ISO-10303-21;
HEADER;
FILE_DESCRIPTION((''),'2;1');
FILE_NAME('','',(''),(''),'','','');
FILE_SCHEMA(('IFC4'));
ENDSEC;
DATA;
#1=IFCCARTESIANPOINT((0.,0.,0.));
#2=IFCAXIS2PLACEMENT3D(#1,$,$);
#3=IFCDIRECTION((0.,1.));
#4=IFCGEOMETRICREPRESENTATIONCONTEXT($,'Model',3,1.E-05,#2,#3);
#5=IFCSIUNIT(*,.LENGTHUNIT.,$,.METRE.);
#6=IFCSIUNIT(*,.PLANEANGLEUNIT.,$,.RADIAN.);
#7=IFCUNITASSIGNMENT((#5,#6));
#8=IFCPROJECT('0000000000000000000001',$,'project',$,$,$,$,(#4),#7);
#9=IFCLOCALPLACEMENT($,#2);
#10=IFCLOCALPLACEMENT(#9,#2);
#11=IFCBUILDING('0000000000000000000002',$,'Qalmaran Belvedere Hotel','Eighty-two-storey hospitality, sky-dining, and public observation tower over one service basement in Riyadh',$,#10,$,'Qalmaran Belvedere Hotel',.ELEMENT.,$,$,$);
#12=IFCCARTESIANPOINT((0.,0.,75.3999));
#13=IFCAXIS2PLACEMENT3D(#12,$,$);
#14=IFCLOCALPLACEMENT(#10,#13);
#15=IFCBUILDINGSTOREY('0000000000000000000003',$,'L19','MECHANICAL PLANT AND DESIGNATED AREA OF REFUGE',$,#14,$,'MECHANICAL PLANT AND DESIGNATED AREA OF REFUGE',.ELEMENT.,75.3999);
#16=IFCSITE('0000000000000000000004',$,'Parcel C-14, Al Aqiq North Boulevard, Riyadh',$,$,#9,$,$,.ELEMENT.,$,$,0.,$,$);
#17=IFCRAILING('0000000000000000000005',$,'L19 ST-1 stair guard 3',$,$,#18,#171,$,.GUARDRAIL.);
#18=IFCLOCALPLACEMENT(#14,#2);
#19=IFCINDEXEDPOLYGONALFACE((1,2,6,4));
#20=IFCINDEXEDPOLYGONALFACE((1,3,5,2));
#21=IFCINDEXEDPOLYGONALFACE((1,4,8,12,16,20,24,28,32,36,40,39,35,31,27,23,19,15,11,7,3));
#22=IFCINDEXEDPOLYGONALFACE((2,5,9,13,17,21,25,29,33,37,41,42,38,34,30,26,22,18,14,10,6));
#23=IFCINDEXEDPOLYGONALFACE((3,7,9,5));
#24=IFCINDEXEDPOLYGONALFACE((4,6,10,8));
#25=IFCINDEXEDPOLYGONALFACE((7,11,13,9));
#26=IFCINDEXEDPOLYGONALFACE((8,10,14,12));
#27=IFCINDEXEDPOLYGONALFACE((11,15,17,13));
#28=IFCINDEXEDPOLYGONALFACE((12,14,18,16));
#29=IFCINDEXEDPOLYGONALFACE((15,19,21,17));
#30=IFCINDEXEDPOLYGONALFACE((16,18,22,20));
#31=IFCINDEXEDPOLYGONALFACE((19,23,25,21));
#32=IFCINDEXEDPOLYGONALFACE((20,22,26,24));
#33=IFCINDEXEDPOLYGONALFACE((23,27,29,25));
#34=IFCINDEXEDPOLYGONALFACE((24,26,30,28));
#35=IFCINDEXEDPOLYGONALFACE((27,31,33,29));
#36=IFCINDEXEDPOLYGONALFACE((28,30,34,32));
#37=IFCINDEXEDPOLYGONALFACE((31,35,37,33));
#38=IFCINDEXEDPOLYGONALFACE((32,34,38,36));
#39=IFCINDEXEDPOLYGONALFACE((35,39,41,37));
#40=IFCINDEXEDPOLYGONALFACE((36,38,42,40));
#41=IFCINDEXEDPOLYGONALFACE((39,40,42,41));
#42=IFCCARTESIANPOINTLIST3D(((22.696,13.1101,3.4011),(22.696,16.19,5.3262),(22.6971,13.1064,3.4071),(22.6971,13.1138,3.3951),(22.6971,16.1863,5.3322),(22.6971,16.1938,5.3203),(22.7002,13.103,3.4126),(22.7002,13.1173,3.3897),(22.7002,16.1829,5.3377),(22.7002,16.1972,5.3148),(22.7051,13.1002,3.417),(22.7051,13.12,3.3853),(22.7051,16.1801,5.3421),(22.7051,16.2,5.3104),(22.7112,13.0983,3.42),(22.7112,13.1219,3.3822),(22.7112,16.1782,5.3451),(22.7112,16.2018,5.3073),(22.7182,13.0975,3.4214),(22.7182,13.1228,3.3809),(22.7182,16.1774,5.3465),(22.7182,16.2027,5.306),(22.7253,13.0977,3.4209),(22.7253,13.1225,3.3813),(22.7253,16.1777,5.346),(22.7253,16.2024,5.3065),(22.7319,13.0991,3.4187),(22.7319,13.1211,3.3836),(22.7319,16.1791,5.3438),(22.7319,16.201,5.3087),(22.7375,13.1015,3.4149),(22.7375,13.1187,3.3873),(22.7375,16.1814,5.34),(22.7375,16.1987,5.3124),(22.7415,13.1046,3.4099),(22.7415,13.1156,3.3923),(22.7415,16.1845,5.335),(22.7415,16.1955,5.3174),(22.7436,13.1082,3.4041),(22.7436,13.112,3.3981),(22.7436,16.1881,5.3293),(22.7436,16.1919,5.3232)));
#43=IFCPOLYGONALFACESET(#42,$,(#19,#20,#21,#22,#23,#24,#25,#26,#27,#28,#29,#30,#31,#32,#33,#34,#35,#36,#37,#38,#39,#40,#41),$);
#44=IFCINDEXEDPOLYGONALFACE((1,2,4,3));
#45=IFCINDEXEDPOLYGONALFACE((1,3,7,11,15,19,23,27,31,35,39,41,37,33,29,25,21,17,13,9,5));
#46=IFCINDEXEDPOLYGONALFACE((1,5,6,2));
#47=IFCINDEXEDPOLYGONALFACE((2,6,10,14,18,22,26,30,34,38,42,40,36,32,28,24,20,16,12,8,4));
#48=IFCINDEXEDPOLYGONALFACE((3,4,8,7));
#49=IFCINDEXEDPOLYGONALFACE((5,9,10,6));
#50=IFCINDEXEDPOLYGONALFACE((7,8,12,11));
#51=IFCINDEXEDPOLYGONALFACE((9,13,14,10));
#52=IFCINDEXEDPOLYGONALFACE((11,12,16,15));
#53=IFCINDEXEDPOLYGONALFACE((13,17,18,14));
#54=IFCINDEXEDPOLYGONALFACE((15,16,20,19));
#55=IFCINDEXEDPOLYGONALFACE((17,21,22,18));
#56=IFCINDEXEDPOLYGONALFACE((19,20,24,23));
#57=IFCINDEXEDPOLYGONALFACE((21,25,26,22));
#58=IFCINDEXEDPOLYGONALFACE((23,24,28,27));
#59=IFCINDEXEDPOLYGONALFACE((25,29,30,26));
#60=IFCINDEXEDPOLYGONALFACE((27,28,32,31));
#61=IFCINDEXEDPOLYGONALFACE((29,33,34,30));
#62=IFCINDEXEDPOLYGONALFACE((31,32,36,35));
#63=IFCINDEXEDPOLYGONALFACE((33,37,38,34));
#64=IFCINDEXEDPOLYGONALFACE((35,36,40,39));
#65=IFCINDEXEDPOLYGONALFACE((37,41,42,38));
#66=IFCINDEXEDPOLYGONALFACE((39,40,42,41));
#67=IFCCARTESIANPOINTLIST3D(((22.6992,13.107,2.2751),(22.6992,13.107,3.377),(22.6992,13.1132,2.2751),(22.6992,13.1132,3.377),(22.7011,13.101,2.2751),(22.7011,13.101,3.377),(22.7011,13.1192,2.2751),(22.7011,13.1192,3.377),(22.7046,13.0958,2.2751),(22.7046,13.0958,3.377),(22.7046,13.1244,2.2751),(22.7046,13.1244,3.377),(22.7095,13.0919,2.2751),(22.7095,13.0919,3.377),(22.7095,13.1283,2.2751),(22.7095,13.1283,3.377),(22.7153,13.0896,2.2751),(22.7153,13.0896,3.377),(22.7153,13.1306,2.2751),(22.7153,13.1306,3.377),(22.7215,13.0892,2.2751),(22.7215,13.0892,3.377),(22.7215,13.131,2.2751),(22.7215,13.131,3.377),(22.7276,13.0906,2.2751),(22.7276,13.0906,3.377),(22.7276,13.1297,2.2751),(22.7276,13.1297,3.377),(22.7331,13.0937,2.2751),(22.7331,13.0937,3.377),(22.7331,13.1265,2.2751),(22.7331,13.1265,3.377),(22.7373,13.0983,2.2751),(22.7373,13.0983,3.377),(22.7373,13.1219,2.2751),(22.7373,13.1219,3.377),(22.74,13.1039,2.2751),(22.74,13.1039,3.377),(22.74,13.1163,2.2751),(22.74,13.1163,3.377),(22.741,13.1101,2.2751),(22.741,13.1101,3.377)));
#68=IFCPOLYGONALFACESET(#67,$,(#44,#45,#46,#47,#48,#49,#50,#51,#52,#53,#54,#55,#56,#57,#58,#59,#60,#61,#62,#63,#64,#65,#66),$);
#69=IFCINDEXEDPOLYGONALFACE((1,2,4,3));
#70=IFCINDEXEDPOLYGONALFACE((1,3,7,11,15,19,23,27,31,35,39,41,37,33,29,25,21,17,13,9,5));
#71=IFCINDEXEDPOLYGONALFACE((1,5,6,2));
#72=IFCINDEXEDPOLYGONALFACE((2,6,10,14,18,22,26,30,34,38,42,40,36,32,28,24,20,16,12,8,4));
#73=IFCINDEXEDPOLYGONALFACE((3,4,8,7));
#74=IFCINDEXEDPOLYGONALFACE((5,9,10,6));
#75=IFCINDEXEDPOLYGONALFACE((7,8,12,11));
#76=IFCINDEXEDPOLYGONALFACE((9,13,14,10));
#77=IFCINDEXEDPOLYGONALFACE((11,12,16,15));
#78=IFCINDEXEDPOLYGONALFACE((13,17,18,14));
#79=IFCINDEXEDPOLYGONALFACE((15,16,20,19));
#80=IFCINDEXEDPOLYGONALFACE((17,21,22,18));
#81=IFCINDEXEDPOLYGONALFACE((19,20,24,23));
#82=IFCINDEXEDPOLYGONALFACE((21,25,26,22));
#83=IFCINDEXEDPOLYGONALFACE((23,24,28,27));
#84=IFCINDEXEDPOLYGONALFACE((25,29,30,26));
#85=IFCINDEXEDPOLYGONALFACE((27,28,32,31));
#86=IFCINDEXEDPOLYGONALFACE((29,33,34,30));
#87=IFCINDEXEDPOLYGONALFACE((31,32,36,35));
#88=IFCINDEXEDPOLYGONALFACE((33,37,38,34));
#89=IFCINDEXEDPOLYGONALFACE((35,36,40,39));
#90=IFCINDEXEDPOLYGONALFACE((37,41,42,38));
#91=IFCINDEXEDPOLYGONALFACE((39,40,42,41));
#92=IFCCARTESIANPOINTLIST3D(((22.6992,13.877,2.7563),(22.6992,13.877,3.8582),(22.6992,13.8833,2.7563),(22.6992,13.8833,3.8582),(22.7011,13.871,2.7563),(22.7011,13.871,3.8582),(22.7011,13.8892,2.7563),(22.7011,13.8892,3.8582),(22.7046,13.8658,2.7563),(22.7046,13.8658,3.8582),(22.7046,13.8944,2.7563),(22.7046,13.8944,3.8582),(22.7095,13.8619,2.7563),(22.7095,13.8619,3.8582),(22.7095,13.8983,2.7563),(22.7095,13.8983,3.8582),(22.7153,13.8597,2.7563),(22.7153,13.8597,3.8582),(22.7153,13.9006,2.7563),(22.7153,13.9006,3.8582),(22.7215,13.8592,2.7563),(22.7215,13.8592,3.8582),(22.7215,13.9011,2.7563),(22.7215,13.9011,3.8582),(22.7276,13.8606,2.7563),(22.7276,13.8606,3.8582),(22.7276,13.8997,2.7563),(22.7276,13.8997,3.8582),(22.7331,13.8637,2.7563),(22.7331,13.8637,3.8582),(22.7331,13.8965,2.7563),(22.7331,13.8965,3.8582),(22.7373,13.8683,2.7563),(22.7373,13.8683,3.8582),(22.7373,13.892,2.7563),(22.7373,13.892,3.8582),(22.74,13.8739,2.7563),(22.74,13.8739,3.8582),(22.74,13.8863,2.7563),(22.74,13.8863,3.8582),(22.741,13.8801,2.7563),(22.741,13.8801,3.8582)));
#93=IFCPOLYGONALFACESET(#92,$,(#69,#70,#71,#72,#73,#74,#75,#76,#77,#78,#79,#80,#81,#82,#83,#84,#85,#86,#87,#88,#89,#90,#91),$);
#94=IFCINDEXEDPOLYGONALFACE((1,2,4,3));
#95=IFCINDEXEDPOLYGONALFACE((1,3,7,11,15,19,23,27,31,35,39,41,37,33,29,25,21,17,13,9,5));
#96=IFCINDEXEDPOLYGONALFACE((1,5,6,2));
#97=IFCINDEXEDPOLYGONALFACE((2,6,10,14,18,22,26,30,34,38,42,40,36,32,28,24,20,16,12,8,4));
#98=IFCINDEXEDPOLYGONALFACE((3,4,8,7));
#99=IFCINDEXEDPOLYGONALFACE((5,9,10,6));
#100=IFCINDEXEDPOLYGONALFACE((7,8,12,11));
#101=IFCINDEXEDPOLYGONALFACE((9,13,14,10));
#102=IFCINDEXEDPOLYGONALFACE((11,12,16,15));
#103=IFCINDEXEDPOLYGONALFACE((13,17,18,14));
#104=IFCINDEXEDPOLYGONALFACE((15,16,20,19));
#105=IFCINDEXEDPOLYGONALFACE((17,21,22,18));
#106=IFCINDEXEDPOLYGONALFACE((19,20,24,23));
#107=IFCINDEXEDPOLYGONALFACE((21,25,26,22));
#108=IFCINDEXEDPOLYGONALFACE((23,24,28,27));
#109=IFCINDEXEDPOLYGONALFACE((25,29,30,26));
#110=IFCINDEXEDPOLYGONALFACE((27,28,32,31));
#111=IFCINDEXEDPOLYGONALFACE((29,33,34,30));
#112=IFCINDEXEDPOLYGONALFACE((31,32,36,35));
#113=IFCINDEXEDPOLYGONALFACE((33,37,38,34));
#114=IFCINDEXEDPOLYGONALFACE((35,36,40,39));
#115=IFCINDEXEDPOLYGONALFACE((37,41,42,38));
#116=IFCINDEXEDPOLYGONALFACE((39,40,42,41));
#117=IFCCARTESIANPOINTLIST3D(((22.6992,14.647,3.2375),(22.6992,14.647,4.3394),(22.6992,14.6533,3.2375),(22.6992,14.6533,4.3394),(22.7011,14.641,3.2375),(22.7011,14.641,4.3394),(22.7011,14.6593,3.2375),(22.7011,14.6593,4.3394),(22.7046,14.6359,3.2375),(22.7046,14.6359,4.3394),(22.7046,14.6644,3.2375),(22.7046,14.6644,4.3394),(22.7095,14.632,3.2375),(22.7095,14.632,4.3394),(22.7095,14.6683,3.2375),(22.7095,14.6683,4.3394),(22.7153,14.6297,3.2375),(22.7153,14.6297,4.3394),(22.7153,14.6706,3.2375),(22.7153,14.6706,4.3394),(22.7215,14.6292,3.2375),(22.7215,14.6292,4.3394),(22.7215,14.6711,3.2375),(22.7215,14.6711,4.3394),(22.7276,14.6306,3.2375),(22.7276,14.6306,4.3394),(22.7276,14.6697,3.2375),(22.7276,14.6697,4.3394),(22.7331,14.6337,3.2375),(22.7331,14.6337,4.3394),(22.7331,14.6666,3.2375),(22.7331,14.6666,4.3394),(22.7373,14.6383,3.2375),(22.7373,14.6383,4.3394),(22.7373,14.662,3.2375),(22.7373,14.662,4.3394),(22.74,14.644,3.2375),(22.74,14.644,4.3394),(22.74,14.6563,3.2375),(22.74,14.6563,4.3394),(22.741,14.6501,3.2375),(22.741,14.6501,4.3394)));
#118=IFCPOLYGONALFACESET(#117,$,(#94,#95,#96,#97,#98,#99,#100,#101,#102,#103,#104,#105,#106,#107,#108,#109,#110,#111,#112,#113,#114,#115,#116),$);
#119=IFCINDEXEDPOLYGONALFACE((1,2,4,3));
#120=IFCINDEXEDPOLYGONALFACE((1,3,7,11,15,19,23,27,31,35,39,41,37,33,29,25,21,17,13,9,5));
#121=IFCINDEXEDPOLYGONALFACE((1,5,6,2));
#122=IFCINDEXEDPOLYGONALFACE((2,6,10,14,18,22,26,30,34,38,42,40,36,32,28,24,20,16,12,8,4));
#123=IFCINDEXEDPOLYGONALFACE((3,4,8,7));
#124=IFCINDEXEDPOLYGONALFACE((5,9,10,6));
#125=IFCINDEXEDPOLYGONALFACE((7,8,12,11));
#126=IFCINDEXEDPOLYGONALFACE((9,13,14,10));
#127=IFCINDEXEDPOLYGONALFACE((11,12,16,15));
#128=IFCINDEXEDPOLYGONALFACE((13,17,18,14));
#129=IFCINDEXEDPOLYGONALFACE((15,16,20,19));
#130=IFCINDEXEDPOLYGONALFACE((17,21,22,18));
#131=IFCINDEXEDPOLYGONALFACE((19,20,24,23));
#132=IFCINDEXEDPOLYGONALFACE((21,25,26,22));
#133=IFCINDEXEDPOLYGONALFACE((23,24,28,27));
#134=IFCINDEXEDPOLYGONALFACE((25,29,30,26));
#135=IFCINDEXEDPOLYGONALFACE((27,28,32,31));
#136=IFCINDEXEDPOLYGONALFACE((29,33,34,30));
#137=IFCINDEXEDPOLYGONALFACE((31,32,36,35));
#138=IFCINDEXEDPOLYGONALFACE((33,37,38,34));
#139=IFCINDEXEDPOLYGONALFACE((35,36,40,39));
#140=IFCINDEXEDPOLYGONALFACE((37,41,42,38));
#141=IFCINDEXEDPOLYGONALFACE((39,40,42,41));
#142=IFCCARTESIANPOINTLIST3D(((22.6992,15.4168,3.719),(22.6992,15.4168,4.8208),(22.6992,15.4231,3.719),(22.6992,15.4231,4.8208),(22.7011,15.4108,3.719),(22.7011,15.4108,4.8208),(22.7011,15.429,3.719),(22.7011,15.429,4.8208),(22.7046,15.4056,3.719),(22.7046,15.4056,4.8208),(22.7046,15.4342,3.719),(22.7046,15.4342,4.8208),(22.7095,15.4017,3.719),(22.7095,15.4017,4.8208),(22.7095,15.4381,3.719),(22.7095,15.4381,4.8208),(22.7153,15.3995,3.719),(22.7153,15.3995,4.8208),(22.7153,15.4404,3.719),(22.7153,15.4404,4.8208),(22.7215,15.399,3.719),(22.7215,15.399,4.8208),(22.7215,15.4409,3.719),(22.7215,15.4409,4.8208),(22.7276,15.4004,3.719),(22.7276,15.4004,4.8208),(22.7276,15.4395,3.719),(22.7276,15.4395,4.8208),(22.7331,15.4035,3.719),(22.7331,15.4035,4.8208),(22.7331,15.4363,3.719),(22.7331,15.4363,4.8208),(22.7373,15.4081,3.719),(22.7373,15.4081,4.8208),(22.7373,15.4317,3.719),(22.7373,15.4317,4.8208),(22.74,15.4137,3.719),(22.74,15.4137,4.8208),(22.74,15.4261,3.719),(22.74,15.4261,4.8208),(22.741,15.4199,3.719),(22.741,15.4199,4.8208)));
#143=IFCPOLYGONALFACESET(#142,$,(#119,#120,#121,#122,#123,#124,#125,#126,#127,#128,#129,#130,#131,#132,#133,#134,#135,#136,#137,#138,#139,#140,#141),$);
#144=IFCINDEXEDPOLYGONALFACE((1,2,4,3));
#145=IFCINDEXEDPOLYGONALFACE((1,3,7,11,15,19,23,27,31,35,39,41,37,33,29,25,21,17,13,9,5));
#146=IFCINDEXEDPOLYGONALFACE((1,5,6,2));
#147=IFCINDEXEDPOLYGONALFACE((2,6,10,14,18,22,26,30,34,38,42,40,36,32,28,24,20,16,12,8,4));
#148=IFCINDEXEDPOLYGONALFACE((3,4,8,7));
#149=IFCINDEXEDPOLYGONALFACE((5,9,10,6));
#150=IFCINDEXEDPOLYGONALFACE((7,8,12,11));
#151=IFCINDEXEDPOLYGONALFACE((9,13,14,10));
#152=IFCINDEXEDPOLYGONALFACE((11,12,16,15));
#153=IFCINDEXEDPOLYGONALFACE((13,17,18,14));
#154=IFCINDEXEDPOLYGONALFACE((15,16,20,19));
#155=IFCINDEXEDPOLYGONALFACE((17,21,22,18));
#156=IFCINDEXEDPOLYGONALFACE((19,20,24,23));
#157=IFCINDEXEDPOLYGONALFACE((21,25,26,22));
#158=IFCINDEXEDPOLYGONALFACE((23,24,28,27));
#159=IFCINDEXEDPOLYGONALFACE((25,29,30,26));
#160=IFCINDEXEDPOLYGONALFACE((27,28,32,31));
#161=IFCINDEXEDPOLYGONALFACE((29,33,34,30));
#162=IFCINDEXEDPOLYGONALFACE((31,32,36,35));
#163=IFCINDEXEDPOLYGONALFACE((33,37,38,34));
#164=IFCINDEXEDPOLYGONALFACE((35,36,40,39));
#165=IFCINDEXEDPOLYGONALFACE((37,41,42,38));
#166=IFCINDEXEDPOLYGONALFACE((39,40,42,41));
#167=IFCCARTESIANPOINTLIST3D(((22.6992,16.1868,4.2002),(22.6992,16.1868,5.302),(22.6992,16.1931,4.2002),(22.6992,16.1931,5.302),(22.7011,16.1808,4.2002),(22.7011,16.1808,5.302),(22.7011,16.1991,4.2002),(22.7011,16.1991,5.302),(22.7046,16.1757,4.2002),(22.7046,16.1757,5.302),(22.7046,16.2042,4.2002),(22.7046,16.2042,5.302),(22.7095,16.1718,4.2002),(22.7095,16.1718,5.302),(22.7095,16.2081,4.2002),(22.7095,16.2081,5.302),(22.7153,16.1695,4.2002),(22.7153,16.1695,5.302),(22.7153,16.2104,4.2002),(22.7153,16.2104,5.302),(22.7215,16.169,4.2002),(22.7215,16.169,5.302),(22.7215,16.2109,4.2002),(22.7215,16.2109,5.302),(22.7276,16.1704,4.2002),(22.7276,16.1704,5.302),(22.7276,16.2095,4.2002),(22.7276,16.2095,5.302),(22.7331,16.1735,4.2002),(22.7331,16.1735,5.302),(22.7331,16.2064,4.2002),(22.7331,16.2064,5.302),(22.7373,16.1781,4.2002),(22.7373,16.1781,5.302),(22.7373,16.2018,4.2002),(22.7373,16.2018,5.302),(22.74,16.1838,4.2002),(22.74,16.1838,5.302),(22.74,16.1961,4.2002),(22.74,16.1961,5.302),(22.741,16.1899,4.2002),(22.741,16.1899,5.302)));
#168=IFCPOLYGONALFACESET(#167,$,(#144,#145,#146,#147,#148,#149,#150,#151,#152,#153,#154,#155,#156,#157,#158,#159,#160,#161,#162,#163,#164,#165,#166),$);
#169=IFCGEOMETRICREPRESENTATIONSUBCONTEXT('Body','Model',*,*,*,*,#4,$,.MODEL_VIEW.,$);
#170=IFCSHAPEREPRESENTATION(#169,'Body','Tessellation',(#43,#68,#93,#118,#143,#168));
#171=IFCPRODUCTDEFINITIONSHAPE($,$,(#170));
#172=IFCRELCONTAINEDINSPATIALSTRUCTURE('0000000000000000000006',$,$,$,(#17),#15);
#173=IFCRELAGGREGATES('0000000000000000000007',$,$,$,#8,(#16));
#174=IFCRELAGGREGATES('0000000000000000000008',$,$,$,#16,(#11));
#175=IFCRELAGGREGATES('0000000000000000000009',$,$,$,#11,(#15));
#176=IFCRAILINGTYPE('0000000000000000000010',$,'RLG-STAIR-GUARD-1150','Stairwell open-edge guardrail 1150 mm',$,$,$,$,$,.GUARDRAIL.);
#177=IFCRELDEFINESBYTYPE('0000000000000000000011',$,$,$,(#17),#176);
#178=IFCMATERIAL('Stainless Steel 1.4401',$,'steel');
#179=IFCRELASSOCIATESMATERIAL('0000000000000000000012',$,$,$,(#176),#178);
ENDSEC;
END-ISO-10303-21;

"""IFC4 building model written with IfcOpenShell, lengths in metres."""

from ifc_helpers import new_model, si_unit, direction, frame, origin, origin_2d, place, context, subcontext, project, spatial, circle, extrude, material, type_object, element, save


model = new_model("IFC4")

# Units and contexts
model_context = context("Model", 3, precision=1e-05, world=origin(), true_north=direction((0.0, 1.0)))
body_context = subcontext(model_context, "Body", "Model", "MODEL_VIEW")
ifc_project = project(units=[si_unit("LENGTHUNIT", "METRE"), si_unit("PLANEANGLEUNIT", "RADIAN")], contexts=[model_context])

# Site, building, storey
site_placement = place(None, origin())
site = spatial("IfcSite", under=ifc_project, at=site_placement, Name="Parcel C-14, Al Aqiq North Boulevard, Riyadh", CompositionType="ELEMENT", RefElevation=0.0)
building_placement = place(site_placement, origin())
building = spatial("IfcBuilding", under=site, at=building_placement, Name="Qalmaran Belvedere Hotel", Description="Eighty-two-storey hospitality, sky-dining, and public observation tower over one service basement in Riyadh", LongName="Qalmaran Belvedere Hotel", CompositionType="ELEMENT")
storey_placement = place(building_placement, frame((0.0, 0.0, 75.3999)))
storey = spatial("IfcBuildingStorey", under=building, at=storey_placement, Name="L19", Description="MECHANICAL PLANT AND DESIGNATED AREA OF REFUGE", LongName="MECHANICAL PLANT AND DESIGNATED AREA OF REFUGE", CompositionType="ELEMENT", Elevation=75.3999)

# Railing
ifc_material_1 = material(Name="Stainless Steel 1.4401", Category="steel")
railing_type = type_object("IfcRailingType", Name="RLG-STAIR-GUARD-1150", Description="Stairwell open-edge guardrail 1150 mm", PredefinedType="GUARDRAIL", material=ifc_material_1)
railing_1_placement = place(storey_placement, frame((22.72, 13.1101, 2.2751)))
element("IfcRailing", 1, at=railing_1_placement, inside=storey, type_object=railing_type, Name="L19 ST-1 stair guard 3", PredefinedType="GUARDRAIL", context=body_context, shape_type="SweptSolid", body=[
    extrude(circle(Radius=0.0239, at=origin_2d()), frame((0.0, 0.0, 1.126), z_axis=(0.0, 0.847979, 0.530029), x_axis=(-1.0, 0.0, 0.0)), (0.0, 0.0, 1.0), 3.6321),
    extrude(circle(Radius=0.021, at=origin_2d()), origin(), (0.0, 0.0, 1.0), 1.1018),
    extrude(circle(Radius=0.021, at=origin_2d()), frame((0.0, 0.77, 0.4812)), (0.0, 0.0, 1.0), 1.1018),
    extrude(circle(Radius=0.021, at=origin_2d()), frame((0.0, 1.54, 0.9624)), (0.0, 0.0, 1.0), 1.1018),
    extrude(circle(Radius=0.021, at=origin_2d()), frame((0.0, 2.3098, 1.4438)), (0.0, 0.0, 1.0), 1.1018),
    extrude(circle(Radius=0.021, at=origin_2d()), frame((0.0, 3.0798, 1.925)), (0.0, 0.0, 1.0), 1.1018),
])

save(model, "model.ifc")
